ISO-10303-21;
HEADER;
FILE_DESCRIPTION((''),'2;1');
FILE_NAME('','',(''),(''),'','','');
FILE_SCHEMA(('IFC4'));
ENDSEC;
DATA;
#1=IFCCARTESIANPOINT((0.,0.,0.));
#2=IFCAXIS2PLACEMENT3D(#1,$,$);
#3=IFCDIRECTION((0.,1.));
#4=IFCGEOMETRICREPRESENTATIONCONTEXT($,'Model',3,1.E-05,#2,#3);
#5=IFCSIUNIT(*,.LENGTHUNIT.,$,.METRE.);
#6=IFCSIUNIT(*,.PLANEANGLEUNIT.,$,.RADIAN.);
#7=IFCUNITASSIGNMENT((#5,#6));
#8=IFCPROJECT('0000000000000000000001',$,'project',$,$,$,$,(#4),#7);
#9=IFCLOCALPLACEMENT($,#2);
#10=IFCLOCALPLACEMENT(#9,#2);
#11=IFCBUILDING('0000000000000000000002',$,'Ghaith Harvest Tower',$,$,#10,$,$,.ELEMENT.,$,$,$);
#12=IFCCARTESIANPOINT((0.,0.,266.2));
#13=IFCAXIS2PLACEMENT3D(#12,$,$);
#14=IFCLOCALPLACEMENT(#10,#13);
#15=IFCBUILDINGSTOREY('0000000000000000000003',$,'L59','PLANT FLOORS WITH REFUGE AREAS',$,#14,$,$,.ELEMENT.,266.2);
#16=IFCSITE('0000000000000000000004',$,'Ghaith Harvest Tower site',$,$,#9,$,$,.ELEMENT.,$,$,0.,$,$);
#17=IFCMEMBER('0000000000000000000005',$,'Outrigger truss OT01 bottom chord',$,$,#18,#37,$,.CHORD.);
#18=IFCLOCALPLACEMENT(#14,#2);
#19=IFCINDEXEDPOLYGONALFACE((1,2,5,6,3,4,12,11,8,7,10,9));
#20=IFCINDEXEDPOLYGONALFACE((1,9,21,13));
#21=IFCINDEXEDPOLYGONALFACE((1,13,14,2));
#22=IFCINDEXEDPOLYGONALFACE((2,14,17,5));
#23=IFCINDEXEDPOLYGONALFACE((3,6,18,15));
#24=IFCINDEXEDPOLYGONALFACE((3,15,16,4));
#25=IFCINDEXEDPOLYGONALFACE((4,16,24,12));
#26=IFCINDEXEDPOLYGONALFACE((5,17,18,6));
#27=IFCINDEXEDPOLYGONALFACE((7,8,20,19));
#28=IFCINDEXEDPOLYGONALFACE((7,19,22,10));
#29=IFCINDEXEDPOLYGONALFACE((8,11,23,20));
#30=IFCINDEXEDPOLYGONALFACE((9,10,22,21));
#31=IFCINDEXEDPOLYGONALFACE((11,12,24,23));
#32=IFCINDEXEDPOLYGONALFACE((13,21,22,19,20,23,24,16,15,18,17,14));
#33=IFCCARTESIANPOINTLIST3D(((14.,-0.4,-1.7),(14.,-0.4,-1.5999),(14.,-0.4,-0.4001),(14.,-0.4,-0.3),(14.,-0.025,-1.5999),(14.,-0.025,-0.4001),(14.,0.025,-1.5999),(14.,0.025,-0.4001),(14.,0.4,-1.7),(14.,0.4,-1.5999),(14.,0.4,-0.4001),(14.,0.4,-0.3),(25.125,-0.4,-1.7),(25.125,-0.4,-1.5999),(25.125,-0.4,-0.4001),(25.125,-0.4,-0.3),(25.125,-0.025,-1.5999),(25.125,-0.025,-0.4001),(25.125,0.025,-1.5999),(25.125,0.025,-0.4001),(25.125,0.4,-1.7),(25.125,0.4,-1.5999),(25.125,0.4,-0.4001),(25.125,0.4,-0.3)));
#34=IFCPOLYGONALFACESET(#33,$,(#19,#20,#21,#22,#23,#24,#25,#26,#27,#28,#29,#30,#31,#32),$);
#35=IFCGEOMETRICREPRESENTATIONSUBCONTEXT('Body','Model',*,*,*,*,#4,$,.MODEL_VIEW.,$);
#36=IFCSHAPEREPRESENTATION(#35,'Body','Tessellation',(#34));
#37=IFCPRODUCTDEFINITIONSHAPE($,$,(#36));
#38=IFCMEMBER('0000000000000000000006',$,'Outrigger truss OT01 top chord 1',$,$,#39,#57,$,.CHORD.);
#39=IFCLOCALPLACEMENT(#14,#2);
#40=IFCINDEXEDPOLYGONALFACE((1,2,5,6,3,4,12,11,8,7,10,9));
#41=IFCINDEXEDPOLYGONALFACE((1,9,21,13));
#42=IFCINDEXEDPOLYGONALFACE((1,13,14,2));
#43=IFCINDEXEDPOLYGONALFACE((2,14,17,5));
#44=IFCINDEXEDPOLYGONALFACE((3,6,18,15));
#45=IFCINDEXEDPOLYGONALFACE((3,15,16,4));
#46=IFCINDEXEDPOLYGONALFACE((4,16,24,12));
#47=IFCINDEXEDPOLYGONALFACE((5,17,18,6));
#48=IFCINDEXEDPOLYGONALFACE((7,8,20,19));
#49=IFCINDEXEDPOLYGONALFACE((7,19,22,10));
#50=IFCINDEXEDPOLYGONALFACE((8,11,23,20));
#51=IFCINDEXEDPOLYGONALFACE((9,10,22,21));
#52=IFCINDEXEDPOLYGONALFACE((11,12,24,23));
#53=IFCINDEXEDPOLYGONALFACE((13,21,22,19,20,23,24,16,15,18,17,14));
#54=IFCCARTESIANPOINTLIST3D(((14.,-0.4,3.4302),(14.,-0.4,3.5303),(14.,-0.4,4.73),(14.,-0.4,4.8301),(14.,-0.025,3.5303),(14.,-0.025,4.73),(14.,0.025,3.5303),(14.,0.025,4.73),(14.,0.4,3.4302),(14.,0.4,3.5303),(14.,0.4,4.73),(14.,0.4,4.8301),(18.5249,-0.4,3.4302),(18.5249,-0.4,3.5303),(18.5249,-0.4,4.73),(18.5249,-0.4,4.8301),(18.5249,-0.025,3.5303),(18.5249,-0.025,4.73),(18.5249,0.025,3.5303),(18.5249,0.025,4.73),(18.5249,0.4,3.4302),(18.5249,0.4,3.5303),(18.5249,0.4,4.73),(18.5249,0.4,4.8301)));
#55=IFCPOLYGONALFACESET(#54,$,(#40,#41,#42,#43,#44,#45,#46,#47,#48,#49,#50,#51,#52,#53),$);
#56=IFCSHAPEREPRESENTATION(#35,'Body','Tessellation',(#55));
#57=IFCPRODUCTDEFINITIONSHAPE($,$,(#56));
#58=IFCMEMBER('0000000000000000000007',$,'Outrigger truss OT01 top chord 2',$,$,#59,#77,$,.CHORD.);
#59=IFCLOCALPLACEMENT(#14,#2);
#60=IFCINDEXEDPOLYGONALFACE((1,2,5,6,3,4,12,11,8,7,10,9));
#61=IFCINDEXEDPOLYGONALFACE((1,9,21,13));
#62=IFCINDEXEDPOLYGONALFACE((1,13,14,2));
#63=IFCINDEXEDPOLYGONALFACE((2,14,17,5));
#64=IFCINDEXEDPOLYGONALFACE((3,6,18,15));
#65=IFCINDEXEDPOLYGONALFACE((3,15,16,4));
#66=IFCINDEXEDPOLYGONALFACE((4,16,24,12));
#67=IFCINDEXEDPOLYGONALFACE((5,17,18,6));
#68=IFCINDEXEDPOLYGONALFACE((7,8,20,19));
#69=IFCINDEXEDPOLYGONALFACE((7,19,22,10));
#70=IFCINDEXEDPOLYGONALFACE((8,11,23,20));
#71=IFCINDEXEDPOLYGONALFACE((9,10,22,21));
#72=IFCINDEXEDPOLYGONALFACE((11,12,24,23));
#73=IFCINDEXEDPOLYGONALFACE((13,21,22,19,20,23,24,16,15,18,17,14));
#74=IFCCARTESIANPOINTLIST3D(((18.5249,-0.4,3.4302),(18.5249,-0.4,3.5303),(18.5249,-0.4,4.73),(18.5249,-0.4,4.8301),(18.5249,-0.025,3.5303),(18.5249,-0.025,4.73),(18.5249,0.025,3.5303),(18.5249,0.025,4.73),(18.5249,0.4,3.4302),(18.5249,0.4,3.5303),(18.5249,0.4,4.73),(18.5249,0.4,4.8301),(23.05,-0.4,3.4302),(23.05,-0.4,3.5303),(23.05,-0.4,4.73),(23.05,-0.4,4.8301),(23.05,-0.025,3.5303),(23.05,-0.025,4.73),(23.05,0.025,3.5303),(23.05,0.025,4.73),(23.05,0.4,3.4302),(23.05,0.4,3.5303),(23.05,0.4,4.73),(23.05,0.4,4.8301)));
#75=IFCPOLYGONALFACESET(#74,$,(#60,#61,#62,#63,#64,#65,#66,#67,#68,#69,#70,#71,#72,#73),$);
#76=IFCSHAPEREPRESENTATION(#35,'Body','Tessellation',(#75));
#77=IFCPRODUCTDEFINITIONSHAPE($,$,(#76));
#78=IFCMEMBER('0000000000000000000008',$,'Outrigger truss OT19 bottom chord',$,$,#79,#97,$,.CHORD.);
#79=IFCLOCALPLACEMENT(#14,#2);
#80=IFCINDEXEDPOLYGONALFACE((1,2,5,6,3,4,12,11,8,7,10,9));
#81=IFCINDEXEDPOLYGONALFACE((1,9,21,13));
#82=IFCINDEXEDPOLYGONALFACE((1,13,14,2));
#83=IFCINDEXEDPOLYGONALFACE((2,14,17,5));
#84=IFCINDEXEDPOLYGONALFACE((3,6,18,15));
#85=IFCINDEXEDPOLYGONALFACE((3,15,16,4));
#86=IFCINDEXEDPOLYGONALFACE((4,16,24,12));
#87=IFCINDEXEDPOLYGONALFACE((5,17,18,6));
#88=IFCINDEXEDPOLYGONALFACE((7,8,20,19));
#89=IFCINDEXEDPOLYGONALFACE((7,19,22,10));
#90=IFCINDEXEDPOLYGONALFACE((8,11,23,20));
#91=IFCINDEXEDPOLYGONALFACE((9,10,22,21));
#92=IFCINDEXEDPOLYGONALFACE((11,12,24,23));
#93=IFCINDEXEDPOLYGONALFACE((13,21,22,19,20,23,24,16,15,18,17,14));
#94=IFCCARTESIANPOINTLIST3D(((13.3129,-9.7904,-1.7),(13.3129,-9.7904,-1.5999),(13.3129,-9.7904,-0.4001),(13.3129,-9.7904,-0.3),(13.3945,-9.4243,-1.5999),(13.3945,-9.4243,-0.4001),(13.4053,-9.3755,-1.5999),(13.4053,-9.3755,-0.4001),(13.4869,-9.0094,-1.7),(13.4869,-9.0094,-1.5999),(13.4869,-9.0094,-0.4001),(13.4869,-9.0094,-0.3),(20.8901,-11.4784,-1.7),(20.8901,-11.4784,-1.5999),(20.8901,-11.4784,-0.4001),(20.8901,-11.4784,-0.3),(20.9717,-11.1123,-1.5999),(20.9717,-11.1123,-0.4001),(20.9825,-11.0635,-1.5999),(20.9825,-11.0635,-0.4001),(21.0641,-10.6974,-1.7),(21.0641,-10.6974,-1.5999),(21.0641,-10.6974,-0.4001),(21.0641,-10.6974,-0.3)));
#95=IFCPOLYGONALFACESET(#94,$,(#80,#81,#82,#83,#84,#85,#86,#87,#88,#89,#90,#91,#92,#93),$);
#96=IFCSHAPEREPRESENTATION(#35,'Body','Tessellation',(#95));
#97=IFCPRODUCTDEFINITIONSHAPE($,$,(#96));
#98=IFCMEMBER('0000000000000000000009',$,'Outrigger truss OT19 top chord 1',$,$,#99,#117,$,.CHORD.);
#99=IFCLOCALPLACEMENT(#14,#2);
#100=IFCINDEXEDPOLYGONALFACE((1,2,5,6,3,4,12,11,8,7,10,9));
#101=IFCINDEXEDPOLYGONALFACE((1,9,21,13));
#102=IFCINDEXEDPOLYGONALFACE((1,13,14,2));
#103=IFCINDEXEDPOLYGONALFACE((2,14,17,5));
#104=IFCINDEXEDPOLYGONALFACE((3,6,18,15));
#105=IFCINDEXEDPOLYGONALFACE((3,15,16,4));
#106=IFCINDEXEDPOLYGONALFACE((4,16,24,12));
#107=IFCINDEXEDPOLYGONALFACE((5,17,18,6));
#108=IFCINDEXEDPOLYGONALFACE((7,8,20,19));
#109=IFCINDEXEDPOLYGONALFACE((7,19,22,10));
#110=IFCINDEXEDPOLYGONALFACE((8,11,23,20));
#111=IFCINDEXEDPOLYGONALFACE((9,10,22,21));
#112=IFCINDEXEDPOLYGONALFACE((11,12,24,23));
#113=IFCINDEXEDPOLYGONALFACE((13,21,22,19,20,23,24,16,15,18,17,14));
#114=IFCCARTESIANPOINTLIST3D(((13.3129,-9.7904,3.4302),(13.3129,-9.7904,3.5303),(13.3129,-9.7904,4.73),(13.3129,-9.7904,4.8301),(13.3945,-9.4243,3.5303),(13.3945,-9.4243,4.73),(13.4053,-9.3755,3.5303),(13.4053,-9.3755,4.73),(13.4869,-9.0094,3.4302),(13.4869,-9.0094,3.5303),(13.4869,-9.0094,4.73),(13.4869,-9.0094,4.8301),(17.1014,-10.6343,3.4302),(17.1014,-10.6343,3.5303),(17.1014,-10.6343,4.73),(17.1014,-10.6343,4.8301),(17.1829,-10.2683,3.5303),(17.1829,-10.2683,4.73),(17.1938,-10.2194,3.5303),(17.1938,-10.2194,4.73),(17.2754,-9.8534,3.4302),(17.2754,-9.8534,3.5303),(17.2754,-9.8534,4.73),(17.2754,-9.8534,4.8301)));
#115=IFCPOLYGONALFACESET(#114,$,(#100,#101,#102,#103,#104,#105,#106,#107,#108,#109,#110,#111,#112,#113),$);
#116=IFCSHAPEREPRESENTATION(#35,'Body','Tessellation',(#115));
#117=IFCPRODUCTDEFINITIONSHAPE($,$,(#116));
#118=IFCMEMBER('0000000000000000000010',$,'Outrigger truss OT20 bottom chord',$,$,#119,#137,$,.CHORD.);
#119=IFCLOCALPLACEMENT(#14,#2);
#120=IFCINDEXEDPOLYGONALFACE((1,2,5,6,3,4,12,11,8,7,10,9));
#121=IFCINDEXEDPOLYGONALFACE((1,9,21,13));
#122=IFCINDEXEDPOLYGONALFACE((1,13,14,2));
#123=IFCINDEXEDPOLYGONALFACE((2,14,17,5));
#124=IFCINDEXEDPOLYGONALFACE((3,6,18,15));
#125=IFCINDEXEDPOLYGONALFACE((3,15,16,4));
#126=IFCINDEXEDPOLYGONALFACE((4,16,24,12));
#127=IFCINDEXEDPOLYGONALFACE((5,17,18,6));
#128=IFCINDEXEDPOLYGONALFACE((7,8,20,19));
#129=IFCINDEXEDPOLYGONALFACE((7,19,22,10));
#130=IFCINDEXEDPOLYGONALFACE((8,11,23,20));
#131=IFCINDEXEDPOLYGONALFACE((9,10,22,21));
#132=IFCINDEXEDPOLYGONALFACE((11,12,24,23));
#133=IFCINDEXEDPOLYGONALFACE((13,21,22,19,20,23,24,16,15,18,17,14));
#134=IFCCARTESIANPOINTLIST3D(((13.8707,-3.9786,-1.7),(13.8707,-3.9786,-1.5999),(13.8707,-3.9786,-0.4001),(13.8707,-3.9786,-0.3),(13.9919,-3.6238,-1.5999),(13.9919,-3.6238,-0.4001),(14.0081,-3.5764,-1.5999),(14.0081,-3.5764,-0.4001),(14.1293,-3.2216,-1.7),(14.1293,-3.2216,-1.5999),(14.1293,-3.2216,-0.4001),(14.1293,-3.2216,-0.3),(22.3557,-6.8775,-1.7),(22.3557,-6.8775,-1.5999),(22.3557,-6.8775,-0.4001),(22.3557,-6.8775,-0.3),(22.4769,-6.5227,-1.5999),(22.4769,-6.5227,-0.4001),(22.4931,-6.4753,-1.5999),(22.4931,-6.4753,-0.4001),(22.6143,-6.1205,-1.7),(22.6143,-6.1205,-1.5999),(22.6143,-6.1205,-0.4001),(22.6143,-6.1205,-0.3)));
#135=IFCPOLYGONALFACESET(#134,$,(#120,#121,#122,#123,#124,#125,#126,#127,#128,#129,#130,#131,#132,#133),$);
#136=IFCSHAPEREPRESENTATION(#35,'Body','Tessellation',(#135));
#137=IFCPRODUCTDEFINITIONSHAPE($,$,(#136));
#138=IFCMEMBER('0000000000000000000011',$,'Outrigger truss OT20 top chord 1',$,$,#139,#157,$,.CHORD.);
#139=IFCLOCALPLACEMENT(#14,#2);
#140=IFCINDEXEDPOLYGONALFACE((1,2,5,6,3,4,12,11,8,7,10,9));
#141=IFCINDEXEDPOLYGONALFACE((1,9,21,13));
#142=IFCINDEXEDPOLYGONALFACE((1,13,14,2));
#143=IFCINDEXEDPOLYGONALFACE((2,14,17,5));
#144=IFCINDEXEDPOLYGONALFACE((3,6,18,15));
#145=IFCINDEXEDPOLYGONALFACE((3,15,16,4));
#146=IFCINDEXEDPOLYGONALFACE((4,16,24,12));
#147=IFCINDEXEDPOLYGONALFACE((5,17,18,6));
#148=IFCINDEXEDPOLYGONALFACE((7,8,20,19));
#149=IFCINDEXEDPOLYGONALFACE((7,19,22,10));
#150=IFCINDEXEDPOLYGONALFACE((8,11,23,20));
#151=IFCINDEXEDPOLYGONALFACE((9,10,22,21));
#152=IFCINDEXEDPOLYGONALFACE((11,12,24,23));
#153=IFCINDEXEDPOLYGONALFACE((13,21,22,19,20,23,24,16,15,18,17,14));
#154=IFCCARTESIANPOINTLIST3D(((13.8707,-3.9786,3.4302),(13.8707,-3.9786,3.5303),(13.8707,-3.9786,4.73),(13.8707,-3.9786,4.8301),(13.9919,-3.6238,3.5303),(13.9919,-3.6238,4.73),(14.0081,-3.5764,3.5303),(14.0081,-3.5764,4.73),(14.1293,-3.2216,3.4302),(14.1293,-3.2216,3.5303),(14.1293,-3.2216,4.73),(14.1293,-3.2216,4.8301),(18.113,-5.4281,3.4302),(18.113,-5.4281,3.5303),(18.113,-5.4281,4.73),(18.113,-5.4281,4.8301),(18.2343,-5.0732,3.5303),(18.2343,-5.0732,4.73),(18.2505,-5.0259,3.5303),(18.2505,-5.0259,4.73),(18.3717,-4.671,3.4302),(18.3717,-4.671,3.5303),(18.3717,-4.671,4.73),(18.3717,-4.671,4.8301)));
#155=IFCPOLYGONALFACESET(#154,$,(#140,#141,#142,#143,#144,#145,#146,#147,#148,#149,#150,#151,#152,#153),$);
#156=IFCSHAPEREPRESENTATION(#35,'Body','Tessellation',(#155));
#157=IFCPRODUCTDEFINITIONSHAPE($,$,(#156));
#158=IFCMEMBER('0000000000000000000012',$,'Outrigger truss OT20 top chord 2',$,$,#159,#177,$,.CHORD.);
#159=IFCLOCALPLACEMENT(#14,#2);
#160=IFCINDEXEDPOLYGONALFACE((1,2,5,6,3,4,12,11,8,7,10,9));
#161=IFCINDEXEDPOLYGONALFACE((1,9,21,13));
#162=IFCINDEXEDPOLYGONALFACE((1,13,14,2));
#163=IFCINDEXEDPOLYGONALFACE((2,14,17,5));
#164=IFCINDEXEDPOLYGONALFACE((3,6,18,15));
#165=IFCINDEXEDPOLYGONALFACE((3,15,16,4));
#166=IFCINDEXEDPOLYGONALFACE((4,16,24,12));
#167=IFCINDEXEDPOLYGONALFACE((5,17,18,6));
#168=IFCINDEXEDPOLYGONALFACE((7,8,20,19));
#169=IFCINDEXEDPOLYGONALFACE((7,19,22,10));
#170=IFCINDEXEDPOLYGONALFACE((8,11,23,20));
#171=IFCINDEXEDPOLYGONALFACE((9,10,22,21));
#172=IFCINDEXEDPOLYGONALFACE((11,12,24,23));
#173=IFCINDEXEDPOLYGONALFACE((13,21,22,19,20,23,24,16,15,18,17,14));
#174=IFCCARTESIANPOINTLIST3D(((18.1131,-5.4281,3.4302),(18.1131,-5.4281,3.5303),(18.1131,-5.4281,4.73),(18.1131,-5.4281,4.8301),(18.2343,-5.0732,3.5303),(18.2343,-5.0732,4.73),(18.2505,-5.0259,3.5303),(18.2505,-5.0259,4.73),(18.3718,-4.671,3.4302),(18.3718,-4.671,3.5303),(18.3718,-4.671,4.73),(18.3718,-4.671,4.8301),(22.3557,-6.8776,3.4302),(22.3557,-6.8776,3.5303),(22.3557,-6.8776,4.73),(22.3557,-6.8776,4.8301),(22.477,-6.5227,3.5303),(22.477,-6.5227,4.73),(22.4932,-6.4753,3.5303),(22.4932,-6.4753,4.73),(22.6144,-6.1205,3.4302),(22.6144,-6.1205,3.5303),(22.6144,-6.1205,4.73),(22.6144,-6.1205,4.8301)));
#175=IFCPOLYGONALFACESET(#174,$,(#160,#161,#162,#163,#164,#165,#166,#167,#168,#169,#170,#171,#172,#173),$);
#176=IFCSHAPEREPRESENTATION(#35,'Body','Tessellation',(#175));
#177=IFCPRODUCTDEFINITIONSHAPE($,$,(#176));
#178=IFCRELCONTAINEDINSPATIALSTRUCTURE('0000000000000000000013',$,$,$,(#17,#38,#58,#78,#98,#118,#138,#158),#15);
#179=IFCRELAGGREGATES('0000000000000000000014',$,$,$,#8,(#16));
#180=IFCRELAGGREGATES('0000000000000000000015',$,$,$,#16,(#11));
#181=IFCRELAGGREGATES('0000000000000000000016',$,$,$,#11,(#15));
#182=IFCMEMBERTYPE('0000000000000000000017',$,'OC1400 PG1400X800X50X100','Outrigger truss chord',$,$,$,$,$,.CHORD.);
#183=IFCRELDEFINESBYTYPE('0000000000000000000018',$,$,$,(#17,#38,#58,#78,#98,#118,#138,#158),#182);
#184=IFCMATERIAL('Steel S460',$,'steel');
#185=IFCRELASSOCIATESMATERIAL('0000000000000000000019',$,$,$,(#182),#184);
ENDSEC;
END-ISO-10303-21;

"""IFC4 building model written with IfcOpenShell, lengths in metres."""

from ifc_helpers import new_model, si_unit, direction, frame, origin, origin_2d, place, context, subcontext, project, spatial, i_section, extrude, material, material_profile, profile_set, type_object, element, save


model = new_model("IFC4")

# Units and contexts
model_context = context("Model", 3, precision=1e-05, world=origin(), true_north=direction((0.0, 1.0)))
body_context = subcontext(model_context, "Body", "Model", "MODEL_VIEW")
ifc_project = project(units=[si_unit("LENGTHUNIT", "METRE"), si_unit("PLANEANGLEUNIT", "RADIAN")], contexts=[model_context])

# Site, building, storey
site_placement = place(None, origin())
site = spatial("IfcSite", under=ifc_project, at=site_placement, Name="Ghaith Harvest Tower site", CompositionType="ELEMENT", RefElevation=0.0)
building_placement = place(site_placement, origin())
building = spatial("IfcBuilding", under=site, at=building_placement, Name="Ghaith Harvest Tower", CompositionType="ELEMENT")
storey_placement = place(building_placement, frame((0.0, 0.0, 266.2)))
storey = spatial("IfcBuildingStorey", under=building, at=storey_placement, Name="L59", Description="PLANT FLOORS WITH REFUGE AREAS", CompositionType="ELEMENT", Elevation=266.2)

# Members
ifc_material_1 = material(Name="Steel S460", Category="steel")
ifc_material_profile_1 = material_profile(ifc_material_1, i_section(OverallWidth=0.8, OverallDepth=1.3999, WebThickness=0.05, FlangeThickness=0.1001, at=origin_2d()), Name="PG1400X800X50X100")
ifc_profile_set_1 = profile_set([ifc_material_profile_1], Name="Steel S460")
member_type_1 = type_object("IfcMemberType", Name="OC1400 PG1400X800X50X100", Description="Outrigger truss chord", PredefinedType="CHORD", material=ifc_profile_set_1)
member_1_placement = place(storey_placement, frame((14.0, 0.0, -1.0), z_axis=(1.0, 0.0, 0.0), x_axis=(0.0, 1.0, 0.0)))
element("IfcMember", 1, at=member_1_placement, inside=storey, type_object=member_type_1, Name="Outrigger truss OT01 bottom chord", PredefinedType="CHORD", context=body_context, shape_type="SweptSolid", body=[
    extrude(i_section(OverallWidth=0.8, OverallDepth=1.3999, WebThickness=0.05, FlangeThickness=0.1001, at=origin_2d()), origin(), (0.0, 0.0, 1.0), 11.125),
])
member_2_placement = place(storey_placement, frame((14.0, 0.0, 4.1301), z_axis=(1.0, 0.0, 0.0), x_axis=(0.0, 1.0, 0.0)))
element("IfcMember", 2, at=member_2_placement, inside=storey, type_object=member_type_1, Name="Outrigger truss OT01 top chord 1", PredefinedType="CHORD", context=body_context, shape_type="SweptSolid", body=[
    extrude(i_section(OverallWidth=0.8, OverallDepth=1.3999, WebThickness=0.05, FlangeThickness=0.1001, at=origin_2d()), origin(), (0.0, 0.0, 1.0), 4.5249),
])
member_3_placement = place(storey_placement, frame((18.5249, 0.0, 4.1301), z_axis=(1.0, 0.0, 0.0), x_axis=(0.0, 1.0, 0.0)))
element("IfcMember", 3, at=member_3_placement, inside=storey, type_object=member_type_1, Name="Outrigger truss OT01 top chord 2", PredefinedType="CHORD", context=body_context, shape_type="SweptSolid", body=[
    extrude(i_section(OverallWidth=0.8, OverallDepth=1.3999, WebThickness=0.05, FlangeThickness=0.1001, at=origin_2d()), origin(), (0.0, 0.0, 1.0), 4.5251),
])
member_4_placement = place(storey_placement, frame((13.3999, -9.3999, -1.0), z_axis=(0.976073, -0.217443, 0.0), x_axis=(0.217443, 0.976073, 0.0)))
element("IfcMember", 4, at=member_4_placement, inside=storey, type_object=member_type_1, Name="Outrigger truss OT19 bottom chord", PredefinedType="CHORD", context=body_context, shape_type="SweptSolid", body=[
    extrude(i_section(OverallWidth=0.8, OverallDepth=1.3999, WebThickness=0.05, FlangeThickness=0.1001, at=origin_2d()), origin(), (0.0, 0.0, 1.0), 7.7629),
])
member_5_placement = place(storey_placement, frame((13.3999, -9.3999, 4.1301), z_axis=(0.976073, -0.217443, 0.0), x_axis=(0.217443, 0.976073, 0.0)))
element("IfcMember", 5, at=member_5_placement, inside=storey, type_object=member_type_1, Name="Outrigger truss OT19 top chord 1", PredefinedType="CHORD", context=body_context, shape_type="SweptSolid", body=[
    extrude(i_section(OverallWidth=0.8, OverallDepth=1.3999, WebThickness=0.05, FlangeThickness=0.1001, at=origin_2d()), origin(), (0.0, 0.0, 1.0), 3.8813),
])
member_6_placement = place(storey_placement, frame((14.0, -3.6001, -1.0), z_axis=(0.946296, -0.323301, 0.0), x_axis=(0.323301, 0.946296, 0.0)))
element("IfcMember", 6, at=member_6_placement, inside=storey, type_object=member_type_1, Name="Outrigger truss OT20 bottom chord", PredefinedType="CHORD", context=body_context, shape_type="SweptSolid", body=[
    extrude(i_section(OverallWidth=0.8, OverallDepth=1.3999, WebThickness=0.05, FlangeThickness=0.1001, at=origin_2d()), origin(), (0.0, 0.0, 1.0), 8.9666),
])
member_7_placement = place(storey_placement, frame((14.0, -3.6001, 4.1301), z_axis=(0.946293, -0.323309, 0.0), x_axis=(0.323309, 0.946293, 0.0)))
element("IfcMember", 7, at=member_7_placement, inside=storey, type_object=member_type_1, Name="Outrigger truss OT20 top chord 1", PredefinedType="CHORD", context=body_context, shape_type="SweptSolid", body=[
    extrude(i_section(OverallWidth=0.8, OverallDepth=1.3999, WebThickness=0.05, FlangeThickness=0.1001, at=origin_2d()), origin(), (0.0, 0.0, 1.0), 4.4832),
])
member_8_placement = place(storey_placement, frame((18.2424, -5.0496, 4.1301), z_axis=(0.946299, -0.323293, 0.0), x_axis=(0.323293, 0.946299, 0.0)))
element("IfcMember", 8, at=member_8_placement, inside=storey, type_object=member_type_1, Name="Outrigger truss OT20 top chord 2", PredefinedType="CHORD", context=body_context, shape_type="SweptSolid", body=[
    extrude(i_section(OverallWidth=0.8, OverallDepth=1.3999, WebThickness=0.05, FlangeThickness=0.1001, at=origin_2d()), origin(), (0.0, 0.0, 1.0), 4.4834),
])

save(model, "model.ifc")
